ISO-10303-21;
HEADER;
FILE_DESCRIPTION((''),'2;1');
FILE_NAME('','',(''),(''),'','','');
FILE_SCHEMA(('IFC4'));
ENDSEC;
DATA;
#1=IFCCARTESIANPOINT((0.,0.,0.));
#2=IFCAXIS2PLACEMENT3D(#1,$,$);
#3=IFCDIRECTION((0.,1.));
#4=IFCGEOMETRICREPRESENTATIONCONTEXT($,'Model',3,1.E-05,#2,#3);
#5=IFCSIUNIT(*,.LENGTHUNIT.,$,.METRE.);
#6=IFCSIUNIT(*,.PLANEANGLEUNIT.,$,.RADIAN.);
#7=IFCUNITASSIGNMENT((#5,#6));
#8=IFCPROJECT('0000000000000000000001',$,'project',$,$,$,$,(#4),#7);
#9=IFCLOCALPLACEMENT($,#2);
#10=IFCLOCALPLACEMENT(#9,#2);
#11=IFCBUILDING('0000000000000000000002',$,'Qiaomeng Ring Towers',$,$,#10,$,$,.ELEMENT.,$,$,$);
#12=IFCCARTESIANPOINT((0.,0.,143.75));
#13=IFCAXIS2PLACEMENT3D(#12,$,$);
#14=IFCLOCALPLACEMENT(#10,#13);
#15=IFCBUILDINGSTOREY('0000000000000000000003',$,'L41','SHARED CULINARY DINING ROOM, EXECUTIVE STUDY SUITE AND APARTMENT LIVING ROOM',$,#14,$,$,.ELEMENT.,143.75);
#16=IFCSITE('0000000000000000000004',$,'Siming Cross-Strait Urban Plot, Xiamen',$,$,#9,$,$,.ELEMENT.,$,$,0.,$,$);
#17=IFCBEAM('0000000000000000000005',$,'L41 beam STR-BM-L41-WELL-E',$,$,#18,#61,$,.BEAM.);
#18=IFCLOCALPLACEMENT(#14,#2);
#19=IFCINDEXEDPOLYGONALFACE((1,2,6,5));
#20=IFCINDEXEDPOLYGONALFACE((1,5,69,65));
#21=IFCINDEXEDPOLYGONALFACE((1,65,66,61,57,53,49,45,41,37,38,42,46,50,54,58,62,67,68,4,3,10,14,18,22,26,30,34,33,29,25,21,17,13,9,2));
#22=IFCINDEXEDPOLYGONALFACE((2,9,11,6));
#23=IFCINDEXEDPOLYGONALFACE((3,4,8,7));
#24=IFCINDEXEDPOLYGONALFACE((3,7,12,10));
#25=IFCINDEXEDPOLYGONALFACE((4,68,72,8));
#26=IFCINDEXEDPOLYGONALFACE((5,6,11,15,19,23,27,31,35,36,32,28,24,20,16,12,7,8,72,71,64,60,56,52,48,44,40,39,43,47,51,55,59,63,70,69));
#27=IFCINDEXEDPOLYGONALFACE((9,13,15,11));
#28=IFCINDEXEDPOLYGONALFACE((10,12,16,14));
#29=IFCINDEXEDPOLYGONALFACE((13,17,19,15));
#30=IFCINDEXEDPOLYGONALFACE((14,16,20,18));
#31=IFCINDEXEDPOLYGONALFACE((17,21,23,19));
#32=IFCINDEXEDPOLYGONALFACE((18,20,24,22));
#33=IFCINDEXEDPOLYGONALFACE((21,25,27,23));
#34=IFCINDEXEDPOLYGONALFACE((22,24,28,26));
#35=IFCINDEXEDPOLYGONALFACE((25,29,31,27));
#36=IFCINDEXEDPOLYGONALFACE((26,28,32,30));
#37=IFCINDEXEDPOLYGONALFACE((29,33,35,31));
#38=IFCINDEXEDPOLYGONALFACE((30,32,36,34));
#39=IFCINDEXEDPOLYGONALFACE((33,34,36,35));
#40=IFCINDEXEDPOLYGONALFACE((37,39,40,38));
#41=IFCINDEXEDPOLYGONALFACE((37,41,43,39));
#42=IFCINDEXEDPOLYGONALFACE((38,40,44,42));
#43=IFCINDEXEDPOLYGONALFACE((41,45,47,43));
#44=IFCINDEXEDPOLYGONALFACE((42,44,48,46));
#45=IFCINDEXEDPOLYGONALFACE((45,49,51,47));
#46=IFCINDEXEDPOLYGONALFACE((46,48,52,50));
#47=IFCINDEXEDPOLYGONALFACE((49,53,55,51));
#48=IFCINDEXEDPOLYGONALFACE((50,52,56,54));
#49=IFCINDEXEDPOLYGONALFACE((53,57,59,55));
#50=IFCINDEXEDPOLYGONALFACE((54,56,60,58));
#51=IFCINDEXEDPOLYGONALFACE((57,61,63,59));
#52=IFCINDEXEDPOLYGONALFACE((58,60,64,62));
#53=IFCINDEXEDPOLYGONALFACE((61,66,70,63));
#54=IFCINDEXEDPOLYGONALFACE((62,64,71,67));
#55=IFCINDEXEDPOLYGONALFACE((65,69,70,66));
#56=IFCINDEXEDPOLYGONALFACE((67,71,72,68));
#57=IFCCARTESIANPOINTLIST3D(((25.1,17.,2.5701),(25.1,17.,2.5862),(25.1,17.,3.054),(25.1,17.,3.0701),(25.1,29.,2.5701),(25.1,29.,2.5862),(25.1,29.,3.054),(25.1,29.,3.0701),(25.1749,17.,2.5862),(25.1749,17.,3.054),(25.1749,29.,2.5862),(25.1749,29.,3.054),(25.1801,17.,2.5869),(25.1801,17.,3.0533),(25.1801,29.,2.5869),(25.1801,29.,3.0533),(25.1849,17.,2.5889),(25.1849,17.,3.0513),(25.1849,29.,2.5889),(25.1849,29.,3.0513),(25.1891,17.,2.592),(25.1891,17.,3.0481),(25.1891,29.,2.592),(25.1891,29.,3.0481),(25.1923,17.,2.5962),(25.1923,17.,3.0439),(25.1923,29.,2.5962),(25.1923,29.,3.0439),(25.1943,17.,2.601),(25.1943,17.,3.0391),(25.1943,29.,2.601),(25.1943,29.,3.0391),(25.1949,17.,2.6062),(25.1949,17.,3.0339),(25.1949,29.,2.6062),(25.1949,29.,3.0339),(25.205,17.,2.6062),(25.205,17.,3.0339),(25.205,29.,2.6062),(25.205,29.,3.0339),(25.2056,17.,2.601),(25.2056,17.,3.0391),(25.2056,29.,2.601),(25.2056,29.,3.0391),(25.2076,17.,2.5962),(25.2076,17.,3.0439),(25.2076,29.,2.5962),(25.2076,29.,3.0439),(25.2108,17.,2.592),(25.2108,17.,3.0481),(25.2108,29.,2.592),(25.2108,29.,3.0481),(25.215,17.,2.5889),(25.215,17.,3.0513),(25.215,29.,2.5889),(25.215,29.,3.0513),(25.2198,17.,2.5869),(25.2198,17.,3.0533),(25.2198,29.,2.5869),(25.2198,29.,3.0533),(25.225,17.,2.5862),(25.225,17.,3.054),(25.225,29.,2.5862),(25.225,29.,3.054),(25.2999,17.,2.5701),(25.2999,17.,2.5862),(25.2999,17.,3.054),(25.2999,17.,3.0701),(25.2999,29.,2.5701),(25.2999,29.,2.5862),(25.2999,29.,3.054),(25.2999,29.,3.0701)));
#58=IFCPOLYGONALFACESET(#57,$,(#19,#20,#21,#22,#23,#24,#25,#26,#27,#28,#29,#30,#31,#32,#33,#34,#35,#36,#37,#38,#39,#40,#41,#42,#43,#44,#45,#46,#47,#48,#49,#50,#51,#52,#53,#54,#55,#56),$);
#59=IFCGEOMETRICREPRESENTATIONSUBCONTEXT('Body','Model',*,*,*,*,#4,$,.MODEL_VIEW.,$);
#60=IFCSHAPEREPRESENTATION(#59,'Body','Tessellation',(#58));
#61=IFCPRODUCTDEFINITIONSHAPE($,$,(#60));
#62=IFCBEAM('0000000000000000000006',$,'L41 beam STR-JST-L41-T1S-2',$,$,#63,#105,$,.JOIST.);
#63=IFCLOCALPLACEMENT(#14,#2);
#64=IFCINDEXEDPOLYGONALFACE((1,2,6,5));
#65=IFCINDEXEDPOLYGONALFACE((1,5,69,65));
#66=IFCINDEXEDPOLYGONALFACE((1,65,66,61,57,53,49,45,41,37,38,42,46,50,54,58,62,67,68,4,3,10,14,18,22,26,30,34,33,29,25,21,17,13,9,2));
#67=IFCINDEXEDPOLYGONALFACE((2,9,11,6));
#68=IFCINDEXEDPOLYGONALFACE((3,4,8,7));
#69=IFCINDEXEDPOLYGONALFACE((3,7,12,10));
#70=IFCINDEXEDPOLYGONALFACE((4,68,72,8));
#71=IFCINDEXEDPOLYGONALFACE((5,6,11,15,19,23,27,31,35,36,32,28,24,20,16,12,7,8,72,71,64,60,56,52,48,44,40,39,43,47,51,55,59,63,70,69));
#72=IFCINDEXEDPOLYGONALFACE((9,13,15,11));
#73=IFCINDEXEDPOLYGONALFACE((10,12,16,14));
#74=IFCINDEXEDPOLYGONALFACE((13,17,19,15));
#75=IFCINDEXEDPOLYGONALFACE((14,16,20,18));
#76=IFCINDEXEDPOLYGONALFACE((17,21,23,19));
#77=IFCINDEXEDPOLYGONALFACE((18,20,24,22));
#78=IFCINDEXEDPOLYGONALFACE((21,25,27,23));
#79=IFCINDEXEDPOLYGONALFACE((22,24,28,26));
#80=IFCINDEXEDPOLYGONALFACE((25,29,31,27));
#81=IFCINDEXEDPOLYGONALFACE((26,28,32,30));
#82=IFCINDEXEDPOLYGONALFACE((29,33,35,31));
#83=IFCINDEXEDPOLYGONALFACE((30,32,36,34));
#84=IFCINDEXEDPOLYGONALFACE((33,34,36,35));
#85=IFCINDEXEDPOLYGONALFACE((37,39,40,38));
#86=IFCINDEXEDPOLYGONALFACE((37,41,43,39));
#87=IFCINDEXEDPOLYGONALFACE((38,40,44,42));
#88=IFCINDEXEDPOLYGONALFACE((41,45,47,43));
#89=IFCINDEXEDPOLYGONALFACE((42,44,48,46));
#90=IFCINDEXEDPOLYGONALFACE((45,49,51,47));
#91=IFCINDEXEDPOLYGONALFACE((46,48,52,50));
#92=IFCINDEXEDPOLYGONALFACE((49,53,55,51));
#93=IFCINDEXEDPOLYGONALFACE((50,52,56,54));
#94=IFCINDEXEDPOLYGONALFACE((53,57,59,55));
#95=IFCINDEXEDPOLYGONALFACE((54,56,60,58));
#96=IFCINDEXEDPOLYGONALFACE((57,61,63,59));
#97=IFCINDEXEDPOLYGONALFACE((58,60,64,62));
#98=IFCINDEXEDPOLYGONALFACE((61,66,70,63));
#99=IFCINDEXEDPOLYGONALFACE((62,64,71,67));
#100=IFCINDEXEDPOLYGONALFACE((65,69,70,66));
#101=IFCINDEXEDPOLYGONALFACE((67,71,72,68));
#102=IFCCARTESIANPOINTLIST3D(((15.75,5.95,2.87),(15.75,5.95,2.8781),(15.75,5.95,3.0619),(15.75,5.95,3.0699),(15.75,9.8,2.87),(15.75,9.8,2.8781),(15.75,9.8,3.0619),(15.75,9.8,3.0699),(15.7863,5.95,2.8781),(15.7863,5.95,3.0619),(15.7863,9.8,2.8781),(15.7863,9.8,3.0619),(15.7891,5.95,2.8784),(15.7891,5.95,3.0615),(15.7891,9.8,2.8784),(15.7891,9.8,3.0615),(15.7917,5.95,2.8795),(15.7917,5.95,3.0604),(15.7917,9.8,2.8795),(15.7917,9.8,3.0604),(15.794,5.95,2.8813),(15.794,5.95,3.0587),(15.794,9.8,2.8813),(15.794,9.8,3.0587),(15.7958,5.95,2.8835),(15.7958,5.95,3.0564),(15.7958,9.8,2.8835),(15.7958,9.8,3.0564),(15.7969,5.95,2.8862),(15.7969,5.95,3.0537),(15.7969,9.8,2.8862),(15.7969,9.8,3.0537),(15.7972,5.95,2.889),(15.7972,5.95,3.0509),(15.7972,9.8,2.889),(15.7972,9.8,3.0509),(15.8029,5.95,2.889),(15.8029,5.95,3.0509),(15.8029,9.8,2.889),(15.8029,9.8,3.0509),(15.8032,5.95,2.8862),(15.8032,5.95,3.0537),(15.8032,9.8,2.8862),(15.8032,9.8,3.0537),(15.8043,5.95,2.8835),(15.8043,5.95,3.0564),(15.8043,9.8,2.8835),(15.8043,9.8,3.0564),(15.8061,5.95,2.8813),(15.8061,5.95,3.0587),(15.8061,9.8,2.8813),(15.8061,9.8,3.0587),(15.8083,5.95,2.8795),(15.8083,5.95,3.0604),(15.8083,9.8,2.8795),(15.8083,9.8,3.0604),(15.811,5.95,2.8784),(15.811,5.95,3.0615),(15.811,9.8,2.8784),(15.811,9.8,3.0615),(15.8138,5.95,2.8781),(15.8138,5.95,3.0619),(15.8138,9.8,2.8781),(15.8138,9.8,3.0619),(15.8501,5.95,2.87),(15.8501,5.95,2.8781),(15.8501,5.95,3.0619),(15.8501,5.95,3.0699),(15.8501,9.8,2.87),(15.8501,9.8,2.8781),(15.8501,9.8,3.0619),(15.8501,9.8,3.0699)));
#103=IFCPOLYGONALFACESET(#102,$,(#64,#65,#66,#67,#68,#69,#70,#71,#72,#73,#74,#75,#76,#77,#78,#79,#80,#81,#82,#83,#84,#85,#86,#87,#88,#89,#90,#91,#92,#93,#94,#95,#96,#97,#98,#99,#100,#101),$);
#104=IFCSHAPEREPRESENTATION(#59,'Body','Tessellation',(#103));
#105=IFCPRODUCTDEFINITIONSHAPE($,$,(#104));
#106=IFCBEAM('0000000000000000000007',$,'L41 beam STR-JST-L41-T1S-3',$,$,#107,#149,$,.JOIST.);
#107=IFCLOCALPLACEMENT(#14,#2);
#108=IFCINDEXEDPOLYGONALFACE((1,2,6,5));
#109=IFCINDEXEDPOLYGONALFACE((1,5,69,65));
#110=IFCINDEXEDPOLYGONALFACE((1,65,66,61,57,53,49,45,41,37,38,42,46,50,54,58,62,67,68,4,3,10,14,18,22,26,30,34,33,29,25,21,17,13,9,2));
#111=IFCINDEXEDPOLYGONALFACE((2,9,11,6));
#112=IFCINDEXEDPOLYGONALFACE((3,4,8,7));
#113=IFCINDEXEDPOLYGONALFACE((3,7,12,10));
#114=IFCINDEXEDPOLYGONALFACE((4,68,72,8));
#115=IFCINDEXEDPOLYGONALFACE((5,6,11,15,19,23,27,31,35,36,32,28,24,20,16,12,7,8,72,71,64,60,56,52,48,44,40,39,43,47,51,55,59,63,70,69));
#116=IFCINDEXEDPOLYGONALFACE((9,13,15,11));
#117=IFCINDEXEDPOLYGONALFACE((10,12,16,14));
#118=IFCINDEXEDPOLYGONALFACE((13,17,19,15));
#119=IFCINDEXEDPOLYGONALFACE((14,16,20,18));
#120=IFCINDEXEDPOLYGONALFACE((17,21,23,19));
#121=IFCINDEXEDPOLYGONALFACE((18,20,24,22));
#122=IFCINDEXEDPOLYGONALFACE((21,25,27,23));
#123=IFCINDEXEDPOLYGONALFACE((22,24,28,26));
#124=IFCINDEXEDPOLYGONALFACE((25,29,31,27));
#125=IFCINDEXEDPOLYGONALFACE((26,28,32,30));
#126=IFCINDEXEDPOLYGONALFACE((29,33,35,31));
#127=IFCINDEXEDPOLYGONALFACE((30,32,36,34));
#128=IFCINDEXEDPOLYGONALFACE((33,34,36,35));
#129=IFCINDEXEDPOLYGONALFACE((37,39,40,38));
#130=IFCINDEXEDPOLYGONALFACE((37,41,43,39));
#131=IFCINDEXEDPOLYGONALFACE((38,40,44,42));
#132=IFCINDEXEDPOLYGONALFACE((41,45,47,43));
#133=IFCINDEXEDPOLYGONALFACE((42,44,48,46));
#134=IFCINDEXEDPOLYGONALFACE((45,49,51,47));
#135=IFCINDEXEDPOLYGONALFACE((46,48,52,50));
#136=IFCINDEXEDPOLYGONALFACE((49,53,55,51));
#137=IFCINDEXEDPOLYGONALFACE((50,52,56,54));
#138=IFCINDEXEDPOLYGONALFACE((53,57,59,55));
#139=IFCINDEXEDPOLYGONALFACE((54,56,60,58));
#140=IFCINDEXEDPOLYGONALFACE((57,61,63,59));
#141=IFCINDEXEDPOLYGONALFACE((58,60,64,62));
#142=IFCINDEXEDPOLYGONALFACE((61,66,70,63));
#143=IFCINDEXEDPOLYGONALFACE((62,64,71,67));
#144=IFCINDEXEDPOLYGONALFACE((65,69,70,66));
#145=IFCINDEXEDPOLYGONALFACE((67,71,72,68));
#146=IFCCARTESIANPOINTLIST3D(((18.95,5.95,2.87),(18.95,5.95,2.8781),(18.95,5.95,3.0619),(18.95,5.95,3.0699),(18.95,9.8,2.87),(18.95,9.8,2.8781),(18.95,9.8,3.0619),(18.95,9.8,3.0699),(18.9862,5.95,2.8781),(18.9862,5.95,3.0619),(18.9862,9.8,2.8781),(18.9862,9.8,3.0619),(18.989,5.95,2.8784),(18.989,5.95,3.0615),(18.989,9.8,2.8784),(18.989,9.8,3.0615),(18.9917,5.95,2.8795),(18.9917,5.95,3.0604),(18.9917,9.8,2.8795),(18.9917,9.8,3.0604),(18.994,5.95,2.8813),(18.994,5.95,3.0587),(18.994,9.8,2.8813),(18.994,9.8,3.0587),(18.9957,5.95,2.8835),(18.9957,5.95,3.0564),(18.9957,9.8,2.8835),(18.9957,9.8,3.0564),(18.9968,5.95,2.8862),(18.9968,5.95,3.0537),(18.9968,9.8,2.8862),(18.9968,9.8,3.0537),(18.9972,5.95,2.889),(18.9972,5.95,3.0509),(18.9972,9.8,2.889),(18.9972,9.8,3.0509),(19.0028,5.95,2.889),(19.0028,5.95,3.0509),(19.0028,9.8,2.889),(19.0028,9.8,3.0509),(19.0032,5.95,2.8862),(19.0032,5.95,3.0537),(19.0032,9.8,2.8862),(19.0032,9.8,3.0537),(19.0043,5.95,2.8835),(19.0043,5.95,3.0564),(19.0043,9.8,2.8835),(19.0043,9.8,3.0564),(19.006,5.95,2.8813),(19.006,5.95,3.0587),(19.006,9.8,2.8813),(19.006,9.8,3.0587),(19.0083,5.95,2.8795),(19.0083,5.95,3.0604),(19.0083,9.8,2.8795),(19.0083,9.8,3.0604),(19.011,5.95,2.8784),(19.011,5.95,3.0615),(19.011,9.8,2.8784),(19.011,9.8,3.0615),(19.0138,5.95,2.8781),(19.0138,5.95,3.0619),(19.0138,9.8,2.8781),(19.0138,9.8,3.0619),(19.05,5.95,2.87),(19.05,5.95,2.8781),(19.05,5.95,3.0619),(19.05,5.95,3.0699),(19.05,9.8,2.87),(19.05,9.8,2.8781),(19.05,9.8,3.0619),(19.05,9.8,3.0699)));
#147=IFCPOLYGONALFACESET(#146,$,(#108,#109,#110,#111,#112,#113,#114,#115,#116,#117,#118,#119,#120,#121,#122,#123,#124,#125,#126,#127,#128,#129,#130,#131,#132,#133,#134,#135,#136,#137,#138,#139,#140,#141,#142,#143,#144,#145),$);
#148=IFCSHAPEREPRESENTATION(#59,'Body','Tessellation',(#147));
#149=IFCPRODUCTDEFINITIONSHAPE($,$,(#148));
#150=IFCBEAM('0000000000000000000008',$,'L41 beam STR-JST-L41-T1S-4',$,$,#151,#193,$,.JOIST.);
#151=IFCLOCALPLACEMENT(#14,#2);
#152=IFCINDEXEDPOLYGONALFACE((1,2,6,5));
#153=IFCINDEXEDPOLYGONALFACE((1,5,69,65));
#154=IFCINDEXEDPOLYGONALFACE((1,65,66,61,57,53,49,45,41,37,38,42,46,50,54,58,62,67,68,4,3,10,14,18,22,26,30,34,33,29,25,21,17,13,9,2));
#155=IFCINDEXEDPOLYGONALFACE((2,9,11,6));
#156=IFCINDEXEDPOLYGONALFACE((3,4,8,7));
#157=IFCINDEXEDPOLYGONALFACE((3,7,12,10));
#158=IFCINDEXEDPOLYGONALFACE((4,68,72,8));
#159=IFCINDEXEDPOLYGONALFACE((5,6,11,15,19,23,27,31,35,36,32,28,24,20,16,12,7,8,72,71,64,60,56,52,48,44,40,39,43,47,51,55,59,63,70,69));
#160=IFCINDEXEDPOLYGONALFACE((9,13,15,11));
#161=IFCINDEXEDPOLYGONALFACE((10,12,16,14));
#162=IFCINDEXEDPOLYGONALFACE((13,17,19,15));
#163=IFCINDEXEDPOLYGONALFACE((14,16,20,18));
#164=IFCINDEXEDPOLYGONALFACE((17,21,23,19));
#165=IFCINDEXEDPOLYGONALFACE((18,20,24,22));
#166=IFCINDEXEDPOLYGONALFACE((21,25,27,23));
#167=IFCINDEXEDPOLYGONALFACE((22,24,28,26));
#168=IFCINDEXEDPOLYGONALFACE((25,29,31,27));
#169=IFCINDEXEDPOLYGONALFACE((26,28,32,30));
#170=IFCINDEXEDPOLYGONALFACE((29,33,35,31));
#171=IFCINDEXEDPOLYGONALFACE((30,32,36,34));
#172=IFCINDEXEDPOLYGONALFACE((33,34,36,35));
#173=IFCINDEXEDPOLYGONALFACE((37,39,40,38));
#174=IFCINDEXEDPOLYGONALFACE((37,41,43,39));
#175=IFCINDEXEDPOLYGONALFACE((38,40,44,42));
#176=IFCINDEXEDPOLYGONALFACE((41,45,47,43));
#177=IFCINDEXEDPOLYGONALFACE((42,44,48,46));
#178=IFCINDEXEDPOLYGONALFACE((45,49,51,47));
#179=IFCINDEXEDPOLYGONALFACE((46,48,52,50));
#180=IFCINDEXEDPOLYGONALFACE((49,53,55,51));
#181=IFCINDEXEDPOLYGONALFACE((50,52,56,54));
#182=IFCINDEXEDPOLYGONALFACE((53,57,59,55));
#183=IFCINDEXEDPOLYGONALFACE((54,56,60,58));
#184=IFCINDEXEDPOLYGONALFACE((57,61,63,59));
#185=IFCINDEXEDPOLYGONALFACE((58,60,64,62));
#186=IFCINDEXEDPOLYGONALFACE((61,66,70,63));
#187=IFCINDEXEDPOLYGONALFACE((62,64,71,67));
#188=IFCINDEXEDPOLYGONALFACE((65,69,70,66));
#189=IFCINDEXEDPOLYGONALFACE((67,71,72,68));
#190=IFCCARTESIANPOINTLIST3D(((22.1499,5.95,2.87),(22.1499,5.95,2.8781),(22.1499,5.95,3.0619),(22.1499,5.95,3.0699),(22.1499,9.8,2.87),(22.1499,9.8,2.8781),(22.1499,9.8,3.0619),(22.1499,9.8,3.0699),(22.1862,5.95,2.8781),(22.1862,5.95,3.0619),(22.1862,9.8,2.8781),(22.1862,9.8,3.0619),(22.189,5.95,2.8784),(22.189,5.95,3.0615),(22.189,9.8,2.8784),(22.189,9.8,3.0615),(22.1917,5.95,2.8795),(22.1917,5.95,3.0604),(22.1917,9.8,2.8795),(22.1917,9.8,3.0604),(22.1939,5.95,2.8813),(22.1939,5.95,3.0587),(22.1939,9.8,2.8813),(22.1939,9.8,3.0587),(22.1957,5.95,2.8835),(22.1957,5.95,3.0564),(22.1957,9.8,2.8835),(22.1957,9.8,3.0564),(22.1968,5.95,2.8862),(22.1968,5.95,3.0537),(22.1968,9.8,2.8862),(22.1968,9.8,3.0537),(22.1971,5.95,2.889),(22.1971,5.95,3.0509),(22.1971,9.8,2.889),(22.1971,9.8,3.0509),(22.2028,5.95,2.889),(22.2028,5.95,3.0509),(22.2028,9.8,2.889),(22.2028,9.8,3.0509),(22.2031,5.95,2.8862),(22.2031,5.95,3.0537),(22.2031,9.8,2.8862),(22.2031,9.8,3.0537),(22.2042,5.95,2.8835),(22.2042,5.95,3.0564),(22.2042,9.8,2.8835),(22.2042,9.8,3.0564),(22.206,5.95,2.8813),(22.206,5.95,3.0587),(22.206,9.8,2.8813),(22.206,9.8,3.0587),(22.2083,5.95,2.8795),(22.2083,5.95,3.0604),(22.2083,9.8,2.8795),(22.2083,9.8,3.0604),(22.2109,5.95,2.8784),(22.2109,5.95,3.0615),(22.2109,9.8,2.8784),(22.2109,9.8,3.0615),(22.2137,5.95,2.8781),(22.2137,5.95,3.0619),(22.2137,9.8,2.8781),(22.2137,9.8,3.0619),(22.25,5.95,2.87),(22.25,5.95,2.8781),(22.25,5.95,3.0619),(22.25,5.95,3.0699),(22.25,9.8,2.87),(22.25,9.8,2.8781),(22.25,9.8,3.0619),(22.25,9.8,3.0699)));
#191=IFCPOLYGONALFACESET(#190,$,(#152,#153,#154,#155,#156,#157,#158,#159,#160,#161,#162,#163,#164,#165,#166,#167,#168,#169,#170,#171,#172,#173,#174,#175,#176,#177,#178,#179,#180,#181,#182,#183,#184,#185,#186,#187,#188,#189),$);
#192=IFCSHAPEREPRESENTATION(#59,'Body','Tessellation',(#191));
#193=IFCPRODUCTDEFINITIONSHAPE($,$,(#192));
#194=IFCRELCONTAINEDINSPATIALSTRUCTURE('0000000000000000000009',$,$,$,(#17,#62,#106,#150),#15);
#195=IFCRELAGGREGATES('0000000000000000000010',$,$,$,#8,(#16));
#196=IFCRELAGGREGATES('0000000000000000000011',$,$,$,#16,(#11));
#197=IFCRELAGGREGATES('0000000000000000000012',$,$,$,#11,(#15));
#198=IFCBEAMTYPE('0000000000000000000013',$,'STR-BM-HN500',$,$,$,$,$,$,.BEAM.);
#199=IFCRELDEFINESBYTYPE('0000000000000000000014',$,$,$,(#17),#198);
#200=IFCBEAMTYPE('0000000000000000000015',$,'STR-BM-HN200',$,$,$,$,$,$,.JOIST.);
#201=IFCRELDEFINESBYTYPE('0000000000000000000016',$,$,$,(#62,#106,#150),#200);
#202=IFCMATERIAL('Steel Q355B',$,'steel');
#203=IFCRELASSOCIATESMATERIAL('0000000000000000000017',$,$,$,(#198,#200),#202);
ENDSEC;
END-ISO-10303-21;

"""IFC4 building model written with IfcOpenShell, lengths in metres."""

from ifc_helpers import new_model, si_unit, direction, frame, origin, origin_2d, place, context, subcontext, project, spatial, i_section, extrude, source, transform, mapped, material, material_profile, profile_set, type_object, element, save


model = new_model("IFC4")

# Units and contexts
model_context = context("Model", 3, precision=1e-05, world=origin(), true_north=direction((0.0, 1.0)))
body_context = subcontext(model_context, "Body", "Model", "MODEL_VIEW")
ifc_project = project(units=[si_unit("LENGTHUNIT", "METRE"), si_unit("PLANEANGLEUNIT", "RADIAN")], contexts=[model_context])

# Site, building, storey
site_placement = place(None, origin())
site = spatial("IfcSite", under=ifc_project, at=site_placement, Name="Siming Cross-Strait Urban Plot, Xiamen", CompositionType="ELEMENT", RefElevation=0.0)
building_placement = place(site_placement, origin())
building = spatial("IfcBuilding", under=site, at=building_placement, Name="Qiaomeng Ring Towers", CompositionType="ELEMENT")
storey_placement = place(building_placement, frame((0.0, 0.0, 143.75)))
storey = spatial("IfcBuildingStorey", under=building, at=storey_placement, Name="L41", Description="SHARED CULINARY DINING ROOM, EXECUTIVE STUDY SUITE AND APARTMENT LIVING ROOM", CompositionType="ELEMENT", Elevation=143.75)

# Beams
ifc_material_1 = material(Name="Steel Q355B", Category="steel")
ifc_material_profile_1 = material_profile(ifc_material_1, i_section(OverallWidth=0.2, OverallDepth=0.5, WebThickness=0.01, FlangeThickness=0.0161, FilletRadius=0.02, at=origin_2d()), Name="HN 500x200x10x16")
ifc_profile_set_1 = profile_set([ifc_material_profile_1], Name="Steel Q355B")
beam_type_1 = type_object("IfcBeamType", Name="STR-BM-HN500", PredefinedType="BEAM", material=ifc_profile_set_1)
shared_shape_1 = source(origin(), body_context, "Body", "SweptSolid", [
    extrude(i_section(OverallWidth=0.2, OverallDepth=0.5, WebThickness=0.01, FlangeThickness=0.0161, FilletRadius=0.02, at=origin_2d()), origin(), (0.0, 0.0, 1.0), 12.0),
])
beam_1_placement = place(storey_placement, frame((25.2, 17.0, 2.8201), z_axis=(0.0, 1.0, 0.0), x_axis=(-1.0, 0.0, 0.0)))
element("IfcBeam", 1, at=beam_1_placement, inside=storey, type_object=beam_type_1, Name="L41 beam STR-BM-L41-WELL-E", PredefinedType="BEAM", context=body_context, shape_type="MappedRepresentation", body=[
    mapped(shared_shape_1, transform((0.0, 0.0, 0.0), x_axis=(1.0, 0.0, 0.0), y_axis=(0.0, 1.0, 0.0), z_axis=(0.0, 0.0, 1.0), scale=1.0)),
])
ifc_material_profile_2 = material_profile(ifc_material_1, i_section(OverallWidth=0.1001, OverallDepth=0.2, WebThickness=0.0056, FlangeThickness=0.0081, FilletRadius=0.011, at=origin_2d()), Name="HN 200x100x5.5x8")
ifc_profile_set_2 = profile_set([ifc_material_profile_2], Name="Steel Q355B")
beam_type_2 = type_object("IfcBeamType", Name="STR-BM-HN200", PredefinedType="JOIST", material=ifc_profile_set_2)
shared_shape_2 = source(origin(), body_context, "Body", "SweptSolid", [
    extrude(i_section(OverallWidth=0.1001, OverallDepth=0.2, WebThickness=0.0056, FlangeThickness=0.0081, FilletRadius=0.011, at=origin_2d()), origin(), (0.0, 0.0, 1.0), 3.8501),
])
for number, where, z_axis, x_axis, name in (
    (2, (15.8, 5.95, 2.97), (0.0, 1.0, 0.0), (-1.0, 0.0, 0.0), "L41 beam STR-JST-L41-T1S-2"),
    (3, (19.0, 5.95, 2.97), (0.0, 1.0, 0.0), (-1.0, 0.0, 0.0), "L41 beam STR-JST-L41-T1S-3"),
    (4, (22.2, 5.95, 2.97), (0.0, 1.0, 0.0), (-1.0, 0.0, 0.0), "L41 beam STR-JST-L41-T1S-4"),
):
    element("IfcBeam", number, at=place(storey_placement, frame(where, z_axis=z_axis, x_axis=x_axis)), inside=storey, type_object=beam_type_2, Name=name, PredefinedType="JOIST", context=body_context, shape_type="MappedRepresentation", body=[
        mapped(shared_shape_2, transform((0.0, 0.0, 0.0), x_axis=(1.0, 0.0, 0.0), y_axis=(0.0, 1.0, 0.0), z_axis=(0.0, 0.0, 1.0), scale=1.0)),
    ])

save(model, "model.ifc")
